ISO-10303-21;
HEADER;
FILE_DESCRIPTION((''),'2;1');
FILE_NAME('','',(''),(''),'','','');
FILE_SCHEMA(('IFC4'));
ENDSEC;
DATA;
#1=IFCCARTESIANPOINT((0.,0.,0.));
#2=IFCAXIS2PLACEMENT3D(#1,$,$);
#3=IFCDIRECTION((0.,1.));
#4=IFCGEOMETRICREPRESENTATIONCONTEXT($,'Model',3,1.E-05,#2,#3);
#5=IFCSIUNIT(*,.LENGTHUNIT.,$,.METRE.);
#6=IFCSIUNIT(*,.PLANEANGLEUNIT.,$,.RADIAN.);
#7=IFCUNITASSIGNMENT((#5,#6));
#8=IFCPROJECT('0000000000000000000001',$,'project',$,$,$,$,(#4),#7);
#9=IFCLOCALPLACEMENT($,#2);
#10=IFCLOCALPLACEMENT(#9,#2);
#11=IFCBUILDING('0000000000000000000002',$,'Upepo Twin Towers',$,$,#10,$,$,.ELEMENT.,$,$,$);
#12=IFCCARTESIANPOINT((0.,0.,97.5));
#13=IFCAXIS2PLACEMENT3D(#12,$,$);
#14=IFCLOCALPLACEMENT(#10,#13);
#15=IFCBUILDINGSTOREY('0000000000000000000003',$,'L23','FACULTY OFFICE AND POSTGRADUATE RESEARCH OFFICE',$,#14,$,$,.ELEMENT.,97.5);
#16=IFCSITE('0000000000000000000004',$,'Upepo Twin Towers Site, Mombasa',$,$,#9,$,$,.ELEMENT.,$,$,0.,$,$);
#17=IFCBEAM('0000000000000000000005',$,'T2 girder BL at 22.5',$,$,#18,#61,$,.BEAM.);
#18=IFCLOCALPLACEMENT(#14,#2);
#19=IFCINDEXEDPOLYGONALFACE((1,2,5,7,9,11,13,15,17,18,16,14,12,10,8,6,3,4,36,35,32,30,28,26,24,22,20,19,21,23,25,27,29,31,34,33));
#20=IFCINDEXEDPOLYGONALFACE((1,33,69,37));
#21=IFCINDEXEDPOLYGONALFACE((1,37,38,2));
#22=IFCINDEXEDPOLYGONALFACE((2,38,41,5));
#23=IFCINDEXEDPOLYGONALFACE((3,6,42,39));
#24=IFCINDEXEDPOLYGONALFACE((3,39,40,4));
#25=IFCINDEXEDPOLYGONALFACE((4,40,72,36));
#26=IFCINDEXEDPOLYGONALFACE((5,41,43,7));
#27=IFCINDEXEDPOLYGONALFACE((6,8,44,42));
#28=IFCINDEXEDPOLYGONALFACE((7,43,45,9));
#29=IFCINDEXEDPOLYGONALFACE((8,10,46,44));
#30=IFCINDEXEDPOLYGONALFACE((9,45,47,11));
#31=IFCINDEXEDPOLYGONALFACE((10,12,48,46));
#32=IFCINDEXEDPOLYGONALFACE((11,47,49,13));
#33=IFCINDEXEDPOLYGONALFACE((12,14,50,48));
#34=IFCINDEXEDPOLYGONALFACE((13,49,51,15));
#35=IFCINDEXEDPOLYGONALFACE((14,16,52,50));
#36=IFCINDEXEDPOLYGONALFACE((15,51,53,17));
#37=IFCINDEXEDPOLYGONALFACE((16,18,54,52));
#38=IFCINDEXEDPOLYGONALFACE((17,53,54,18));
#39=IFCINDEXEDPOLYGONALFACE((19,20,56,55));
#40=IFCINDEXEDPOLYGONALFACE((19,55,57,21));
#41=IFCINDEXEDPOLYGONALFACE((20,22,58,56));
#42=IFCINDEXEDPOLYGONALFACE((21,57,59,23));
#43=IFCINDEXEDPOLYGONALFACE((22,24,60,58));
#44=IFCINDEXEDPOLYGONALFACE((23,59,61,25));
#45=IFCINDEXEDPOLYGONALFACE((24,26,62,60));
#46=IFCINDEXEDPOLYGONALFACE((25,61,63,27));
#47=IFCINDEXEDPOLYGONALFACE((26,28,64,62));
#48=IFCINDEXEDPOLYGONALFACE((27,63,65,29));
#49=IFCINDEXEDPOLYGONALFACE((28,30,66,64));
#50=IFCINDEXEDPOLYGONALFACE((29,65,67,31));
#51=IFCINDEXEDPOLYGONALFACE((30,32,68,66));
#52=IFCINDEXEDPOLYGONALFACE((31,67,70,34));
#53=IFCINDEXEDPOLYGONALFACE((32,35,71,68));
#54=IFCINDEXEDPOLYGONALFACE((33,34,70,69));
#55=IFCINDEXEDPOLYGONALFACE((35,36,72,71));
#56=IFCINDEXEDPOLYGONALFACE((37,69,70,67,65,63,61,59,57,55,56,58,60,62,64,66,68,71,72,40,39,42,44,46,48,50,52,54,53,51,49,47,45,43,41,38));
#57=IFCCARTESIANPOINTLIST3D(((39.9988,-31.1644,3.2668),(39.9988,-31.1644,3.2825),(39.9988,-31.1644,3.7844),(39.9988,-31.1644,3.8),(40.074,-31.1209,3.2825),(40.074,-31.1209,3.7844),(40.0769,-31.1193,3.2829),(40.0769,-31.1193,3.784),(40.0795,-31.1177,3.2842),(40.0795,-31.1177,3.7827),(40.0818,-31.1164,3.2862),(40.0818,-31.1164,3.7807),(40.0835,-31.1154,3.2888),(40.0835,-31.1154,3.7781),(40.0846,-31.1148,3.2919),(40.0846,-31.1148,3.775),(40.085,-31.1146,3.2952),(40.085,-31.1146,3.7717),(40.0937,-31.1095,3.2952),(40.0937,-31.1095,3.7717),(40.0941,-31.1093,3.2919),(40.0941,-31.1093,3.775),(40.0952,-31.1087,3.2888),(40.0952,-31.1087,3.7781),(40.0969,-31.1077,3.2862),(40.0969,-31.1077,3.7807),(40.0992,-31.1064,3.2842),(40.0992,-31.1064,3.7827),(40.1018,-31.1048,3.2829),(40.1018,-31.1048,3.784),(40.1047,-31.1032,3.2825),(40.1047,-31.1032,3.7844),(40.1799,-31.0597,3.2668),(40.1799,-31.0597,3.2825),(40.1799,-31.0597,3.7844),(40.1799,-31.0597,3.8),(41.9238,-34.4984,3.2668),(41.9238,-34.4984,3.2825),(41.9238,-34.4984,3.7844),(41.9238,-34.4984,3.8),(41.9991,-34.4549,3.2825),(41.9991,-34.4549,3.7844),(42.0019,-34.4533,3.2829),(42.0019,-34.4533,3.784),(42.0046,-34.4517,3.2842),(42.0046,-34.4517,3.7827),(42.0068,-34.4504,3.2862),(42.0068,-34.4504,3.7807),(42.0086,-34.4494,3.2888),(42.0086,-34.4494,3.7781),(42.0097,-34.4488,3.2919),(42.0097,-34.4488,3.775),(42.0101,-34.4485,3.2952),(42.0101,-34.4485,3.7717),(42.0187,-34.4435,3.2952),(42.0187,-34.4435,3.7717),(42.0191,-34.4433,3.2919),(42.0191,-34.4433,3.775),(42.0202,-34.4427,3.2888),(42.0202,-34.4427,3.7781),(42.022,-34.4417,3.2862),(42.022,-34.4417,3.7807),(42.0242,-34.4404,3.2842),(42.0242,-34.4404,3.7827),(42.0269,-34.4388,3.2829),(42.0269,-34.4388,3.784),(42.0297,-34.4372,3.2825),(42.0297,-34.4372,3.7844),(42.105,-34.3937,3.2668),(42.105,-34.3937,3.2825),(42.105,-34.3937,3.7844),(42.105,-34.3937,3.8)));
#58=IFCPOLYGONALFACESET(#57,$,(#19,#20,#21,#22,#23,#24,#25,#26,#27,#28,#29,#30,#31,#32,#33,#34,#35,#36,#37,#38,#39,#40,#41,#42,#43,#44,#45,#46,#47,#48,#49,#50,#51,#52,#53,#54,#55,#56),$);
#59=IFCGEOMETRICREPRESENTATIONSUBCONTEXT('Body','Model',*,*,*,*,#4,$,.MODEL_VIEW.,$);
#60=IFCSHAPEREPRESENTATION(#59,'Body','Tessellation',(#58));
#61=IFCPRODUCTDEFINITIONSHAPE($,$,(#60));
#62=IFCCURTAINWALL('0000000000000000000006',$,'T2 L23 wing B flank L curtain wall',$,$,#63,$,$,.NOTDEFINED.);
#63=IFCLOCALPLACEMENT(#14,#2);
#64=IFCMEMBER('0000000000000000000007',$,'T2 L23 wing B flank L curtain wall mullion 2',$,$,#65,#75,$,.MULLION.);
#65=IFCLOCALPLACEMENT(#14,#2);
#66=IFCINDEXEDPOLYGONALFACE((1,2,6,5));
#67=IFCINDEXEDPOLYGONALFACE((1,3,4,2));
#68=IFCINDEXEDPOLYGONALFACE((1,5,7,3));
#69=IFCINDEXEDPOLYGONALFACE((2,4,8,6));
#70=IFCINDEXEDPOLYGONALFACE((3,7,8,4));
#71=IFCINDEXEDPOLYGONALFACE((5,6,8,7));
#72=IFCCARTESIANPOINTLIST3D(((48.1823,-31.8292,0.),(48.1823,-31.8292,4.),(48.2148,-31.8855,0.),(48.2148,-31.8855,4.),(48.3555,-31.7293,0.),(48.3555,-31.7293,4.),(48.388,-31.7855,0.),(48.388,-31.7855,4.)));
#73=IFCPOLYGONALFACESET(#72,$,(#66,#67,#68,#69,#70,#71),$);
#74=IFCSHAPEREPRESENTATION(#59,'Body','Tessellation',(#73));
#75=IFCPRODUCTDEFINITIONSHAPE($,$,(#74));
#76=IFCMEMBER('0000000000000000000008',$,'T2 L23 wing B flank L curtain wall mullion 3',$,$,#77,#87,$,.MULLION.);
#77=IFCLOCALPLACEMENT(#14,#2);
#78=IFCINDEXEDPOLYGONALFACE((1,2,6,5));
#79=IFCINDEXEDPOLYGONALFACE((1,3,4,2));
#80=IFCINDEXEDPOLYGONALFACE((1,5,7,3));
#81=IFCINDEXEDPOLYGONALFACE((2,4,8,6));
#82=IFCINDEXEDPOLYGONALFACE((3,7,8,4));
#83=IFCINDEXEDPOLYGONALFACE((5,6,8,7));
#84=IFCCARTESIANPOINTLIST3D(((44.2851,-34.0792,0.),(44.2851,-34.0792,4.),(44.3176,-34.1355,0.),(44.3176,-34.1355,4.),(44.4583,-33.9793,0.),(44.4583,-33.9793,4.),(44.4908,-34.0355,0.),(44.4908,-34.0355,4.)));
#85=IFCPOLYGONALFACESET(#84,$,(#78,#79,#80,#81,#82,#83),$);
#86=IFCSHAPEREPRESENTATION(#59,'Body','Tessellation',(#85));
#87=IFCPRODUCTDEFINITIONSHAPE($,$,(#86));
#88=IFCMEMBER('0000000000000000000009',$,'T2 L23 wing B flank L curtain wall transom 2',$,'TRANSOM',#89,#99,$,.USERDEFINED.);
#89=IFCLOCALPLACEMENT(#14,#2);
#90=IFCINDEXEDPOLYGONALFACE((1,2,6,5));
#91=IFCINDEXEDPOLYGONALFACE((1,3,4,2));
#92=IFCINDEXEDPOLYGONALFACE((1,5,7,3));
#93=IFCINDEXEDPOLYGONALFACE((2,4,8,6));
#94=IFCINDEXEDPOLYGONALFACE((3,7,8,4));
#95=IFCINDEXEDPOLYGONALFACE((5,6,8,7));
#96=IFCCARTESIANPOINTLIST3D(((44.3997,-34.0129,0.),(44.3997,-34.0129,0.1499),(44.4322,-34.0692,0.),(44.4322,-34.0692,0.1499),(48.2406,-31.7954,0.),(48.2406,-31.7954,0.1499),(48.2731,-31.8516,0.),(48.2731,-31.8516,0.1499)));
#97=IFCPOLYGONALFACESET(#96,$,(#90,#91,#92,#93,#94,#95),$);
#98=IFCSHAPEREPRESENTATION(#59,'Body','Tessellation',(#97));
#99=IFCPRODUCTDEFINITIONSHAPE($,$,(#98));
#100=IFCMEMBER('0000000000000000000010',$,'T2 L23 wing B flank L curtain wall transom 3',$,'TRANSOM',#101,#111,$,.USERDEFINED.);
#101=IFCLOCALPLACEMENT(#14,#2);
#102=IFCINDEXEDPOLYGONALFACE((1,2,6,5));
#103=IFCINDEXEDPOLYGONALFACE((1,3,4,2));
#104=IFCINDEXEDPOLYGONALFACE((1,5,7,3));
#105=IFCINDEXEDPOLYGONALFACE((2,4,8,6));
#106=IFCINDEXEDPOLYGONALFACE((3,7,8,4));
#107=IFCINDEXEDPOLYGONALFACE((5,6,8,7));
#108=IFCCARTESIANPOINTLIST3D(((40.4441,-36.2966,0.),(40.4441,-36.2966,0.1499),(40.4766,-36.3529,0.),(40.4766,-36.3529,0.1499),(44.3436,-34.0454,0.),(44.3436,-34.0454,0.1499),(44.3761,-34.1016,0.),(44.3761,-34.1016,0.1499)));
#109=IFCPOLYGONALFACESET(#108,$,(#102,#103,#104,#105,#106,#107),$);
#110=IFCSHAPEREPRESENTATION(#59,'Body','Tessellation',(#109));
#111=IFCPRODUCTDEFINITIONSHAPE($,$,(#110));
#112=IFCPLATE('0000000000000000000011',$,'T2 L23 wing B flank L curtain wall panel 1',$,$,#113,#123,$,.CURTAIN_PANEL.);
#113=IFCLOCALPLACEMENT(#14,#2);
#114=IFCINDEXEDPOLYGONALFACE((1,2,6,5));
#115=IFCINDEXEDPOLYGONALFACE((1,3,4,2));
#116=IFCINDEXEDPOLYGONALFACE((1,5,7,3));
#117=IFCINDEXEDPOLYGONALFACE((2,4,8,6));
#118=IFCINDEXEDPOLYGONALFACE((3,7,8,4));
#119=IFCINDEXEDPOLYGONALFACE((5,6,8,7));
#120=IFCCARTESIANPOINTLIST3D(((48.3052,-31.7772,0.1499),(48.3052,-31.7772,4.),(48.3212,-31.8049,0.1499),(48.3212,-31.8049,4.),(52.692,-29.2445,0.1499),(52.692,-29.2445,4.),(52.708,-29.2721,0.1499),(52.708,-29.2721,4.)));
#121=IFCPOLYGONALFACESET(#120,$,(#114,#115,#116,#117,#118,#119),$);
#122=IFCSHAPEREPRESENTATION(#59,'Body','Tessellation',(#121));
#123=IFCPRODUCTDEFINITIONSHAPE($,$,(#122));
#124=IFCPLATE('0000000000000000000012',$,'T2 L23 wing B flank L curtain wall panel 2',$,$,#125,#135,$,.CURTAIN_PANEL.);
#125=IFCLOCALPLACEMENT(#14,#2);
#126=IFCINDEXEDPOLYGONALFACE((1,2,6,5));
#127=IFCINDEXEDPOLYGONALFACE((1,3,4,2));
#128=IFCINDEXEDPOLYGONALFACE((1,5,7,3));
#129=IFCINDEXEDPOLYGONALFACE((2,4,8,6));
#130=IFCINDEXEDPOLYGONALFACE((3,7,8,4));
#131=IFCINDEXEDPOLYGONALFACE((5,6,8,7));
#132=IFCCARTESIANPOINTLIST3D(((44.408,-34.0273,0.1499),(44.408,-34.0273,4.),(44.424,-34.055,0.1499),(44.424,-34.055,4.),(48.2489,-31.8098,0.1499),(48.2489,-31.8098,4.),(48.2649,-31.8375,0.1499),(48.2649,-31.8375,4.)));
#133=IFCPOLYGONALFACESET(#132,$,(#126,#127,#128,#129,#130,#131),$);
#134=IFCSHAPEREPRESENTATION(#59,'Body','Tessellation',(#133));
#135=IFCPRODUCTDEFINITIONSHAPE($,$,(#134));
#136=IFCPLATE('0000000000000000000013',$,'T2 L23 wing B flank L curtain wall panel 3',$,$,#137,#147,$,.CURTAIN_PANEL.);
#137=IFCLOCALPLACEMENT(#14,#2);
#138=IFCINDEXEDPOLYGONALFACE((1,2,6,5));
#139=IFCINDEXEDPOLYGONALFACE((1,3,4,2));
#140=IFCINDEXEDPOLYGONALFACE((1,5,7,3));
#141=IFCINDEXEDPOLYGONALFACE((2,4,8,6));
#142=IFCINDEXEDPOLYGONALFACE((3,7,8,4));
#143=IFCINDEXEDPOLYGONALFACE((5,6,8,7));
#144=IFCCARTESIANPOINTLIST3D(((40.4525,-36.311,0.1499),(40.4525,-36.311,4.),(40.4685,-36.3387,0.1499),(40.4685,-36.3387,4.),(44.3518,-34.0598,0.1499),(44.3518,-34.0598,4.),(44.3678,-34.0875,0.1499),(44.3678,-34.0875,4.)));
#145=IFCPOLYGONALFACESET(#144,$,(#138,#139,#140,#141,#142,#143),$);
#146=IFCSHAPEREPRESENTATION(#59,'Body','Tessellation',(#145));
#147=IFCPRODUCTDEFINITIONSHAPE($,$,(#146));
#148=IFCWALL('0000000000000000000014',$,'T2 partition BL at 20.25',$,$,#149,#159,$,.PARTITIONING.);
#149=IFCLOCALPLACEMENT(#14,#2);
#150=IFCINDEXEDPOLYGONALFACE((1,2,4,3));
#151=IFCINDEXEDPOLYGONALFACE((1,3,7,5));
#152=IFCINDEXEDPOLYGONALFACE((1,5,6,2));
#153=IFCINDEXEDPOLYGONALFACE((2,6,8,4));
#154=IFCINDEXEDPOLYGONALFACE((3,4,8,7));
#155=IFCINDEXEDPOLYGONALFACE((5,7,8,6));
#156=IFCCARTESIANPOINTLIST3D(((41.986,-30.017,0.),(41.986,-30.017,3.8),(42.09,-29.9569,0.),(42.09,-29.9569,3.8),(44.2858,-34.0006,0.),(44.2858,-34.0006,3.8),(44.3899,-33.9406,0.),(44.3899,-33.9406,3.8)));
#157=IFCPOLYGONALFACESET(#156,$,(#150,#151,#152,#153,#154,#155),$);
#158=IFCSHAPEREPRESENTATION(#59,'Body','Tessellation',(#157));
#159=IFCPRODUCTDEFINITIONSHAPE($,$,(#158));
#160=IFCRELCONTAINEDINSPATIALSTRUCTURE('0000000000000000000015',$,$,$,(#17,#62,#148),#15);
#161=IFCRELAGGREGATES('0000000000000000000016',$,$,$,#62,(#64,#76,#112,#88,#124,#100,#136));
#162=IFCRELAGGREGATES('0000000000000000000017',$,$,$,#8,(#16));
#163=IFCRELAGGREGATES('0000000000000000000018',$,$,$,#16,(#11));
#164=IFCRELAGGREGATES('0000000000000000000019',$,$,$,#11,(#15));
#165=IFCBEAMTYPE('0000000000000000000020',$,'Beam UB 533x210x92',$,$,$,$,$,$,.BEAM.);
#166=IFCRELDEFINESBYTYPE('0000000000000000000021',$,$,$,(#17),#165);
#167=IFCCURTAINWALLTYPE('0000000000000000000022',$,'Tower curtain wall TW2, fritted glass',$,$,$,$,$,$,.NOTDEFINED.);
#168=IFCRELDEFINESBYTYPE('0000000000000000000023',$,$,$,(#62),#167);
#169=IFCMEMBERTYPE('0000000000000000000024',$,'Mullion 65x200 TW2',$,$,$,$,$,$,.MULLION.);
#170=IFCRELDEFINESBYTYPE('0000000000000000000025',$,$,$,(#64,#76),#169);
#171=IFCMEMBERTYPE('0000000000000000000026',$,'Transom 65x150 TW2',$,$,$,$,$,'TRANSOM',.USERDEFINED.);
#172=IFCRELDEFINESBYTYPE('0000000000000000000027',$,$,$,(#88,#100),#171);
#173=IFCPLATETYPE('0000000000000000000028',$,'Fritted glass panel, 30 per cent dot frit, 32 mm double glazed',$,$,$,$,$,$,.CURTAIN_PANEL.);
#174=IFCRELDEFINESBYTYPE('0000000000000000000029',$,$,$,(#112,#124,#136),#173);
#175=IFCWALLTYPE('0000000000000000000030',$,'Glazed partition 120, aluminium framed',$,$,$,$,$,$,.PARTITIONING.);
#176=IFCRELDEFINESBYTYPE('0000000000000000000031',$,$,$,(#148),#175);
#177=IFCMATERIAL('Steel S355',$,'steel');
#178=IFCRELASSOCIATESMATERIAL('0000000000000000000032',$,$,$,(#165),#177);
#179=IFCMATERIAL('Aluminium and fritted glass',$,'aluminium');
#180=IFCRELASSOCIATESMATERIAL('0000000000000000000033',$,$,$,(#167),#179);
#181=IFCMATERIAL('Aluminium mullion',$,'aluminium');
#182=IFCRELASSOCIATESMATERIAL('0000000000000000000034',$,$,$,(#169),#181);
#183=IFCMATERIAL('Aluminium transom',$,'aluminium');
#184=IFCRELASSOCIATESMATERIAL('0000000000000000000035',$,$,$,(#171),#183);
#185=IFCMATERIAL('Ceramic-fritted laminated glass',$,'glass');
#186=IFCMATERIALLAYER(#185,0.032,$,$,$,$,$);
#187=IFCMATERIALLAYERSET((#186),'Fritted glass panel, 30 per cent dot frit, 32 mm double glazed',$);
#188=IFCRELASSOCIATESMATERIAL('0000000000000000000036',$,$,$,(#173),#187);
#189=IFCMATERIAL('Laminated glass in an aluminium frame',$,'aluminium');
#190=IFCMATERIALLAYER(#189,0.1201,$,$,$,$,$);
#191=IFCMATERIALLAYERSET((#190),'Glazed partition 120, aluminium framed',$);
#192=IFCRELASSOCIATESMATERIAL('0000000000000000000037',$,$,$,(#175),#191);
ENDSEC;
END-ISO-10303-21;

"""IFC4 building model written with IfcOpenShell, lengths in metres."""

from ifc_helpers import new_model, si_unit, direction, frame, frame_2d, origin, origin_2d, place, context, subcontext, project, spatial, rectangle, i_section, extrude, material, layer, layer_set, material_profile, profile_set, type_object, element, aggregate, save


model = new_model("IFC4")

# Units and contexts
model_context = context("Model", 3, precision=1e-05, world=origin(), true_north=direction((0.0, 1.0)))
body_context = subcontext(model_context, "Body", "Model", "MODEL_VIEW")
ifc_project = project(units=[si_unit("LENGTHUNIT", "METRE"), si_unit("PLANEANGLEUNIT", "RADIAN")], contexts=[model_context])

# Site, building, storey
site_placement = place(None, origin())
site = spatial("IfcSite", under=ifc_project, at=site_placement, Name="Upepo Twin Towers Site, Mombasa", CompositionType="ELEMENT", RefElevation=0.0)
building_placement = place(site_placement, origin())
building = spatial("IfcBuilding", under=site, at=building_placement, Name="Upepo Twin Towers", CompositionType="ELEMENT")
storey_placement = place(building_placement, frame((0.0, 0.0, 97.5)))
storey = spatial("IfcBuildingStorey", under=building, at=storey_placement, Name="L23", Description="FACULTY OFFICE AND POSTGRADUATE RESEARCH OFFICE", CompositionType="ELEMENT", Elevation=97.5)

# Beam
ifc_material_1 = material(Name="Steel S355", Category="steel")
ifc_material_profile_1 = material_profile(ifc_material_1, i_section(OverallWidth=0.2092, OverallDepth=0.5332, WebThickness=0.01, FlangeThickness=0.0156, FilletRadius=0.0127, at=origin_2d()), Name="UB 533x210x92")
ifc_profile_set_1 = profile_set([ifc_material_profile_1], Name="Steel S355")
beam_type_1 = type_object("IfcBeamType", Name="Beam UB 533x210x92", PredefinedType="BEAM", material=ifc_profile_set_1)
for number, where, z_axis, x_axis, name in (
    (1, (42.0144, -34.446, 3.5334), (-0.500034, 0.866006, 0.0), (-0.866006, -0.500034, 0.0), "T2 girder BL at 22.5"),
):
    element("IfcBeam", number, at=place(storey_placement, frame(where, z_axis=z_axis, x_axis=x_axis)), inside=storey, type_object=beam_type_1, Name=name, PredefinedType="BEAM", context=body_context, shape_type="SweptSolid", body=[
        extrude(i_section(OverallWidth=0.2092, OverallDepth=0.5332, WebThickness=0.01, FlangeThickness=0.0156, FilletRadius=0.0127, at=origin_2d()), origin(), (0.0, 0.0, 1.0), 3.8499),
    ])

# Curtain wall, members, plates
ifc_material_2 = material(Name="Aluminium and fritted glass", Category="aluminium")
curtain_wall_type = type_object("IfcCurtainWallType", Name="Tower curtain wall TW2, fritted glass", PredefinedType="NOTDEFINED", material=ifc_material_2)
curtain_wall_placement = place(storey_placement, origin())
curtain_wall = element("IfcCurtainWall", 2, at=curtain_wall_placement, inside=storey, type_object=curtain_wall_type, Name="T2 L23 wing B flank L curtain wall", PredefinedType="NOTDEFINED")
ifc_material_3 = material(Name="Aluminium mullion", Category="aluminium")
ifc_material_profile_2 = material_profile(ifc_material_3, rectangle(XDim=0.0649, YDim=0.2, at=origin_2d()), Name="MULLION 65x200")
ifc_profile_set_2 = profile_set([ifc_material_profile_2], Name="Aluminium mullion")
member_type_1 = type_object("IfcMemberType", Name="Mullion 65x200 TW2", PredefinedType="MULLION", material=ifc_profile_set_2)
member_1_placement = place(storey_placement, frame((48.2852, -31.8074, 0.0), z_axis=(0.0, 0.0, 1.0), x_axis=(0.5, -0.866025, 0.0)))
member_1 = element("IfcMember", 3, at=member_1_placement, type_object=member_type_1, Name="T2 L23 wing B flank L curtain wall mullion 2", PredefinedType="MULLION", context=body_context, shape_type="SweptSolid", body=[
    extrude(rectangle(XDim=0.0649, YDim=0.2, at=origin_2d()), origin(), (0.0, 0.0, 1.0), 4.0),
])
member_2_placement = place(storey_placement, frame((44.3879, -34.0574, 0.0), z_axis=(0.0, 0.0, 1.0), x_axis=(0.5, -0.866025, 0.0)))
member_2 = element("IfcMember", 4, at=member_2_placement, type_object=member_type_1, Name="T2 L23 wing B flank L curtain wall mullion 3", PredefinedType="MULLION", context=body_context, shape_type="SweptSolid", body=[
    extrude(rectangle(XDim=0.0649, YDim=0.2, at=origin_2d()), origin(), (0.0, 0.0, 1.0), 4.0),
])
ifc_material_4 = material(Name="Aluminium transom", Category="aluminium")
ifc_material_profile_3 = material_profile(ifc_material_4, rectangle(XDim=0.0649, YDim=0.1499, at=origin_2d()), Name="TRANSOM 65x150")
ifc_profile_set_3 = profile_set([ifc_material_profile_3], Name="Aluminium transom")
member_type_2 = type_object("IfcMemberType", Name="Transom 65x150 TW2", ElementType="TRANSOM", PredefinedType="USERDEFINED", material=ifc_profile_set_3)
member_3_placement = place(storey_placement, frame((48.2568, -31.8235, 0.075), z_axis=(-0.866022, -0.500005, 0.0), x_axis=(0.500005, -0.866022, 0.0)))
member_3 = element("IfcMember", 5, at=member_3_placement, type_object=member_type_2, Name="T2 L23 wing B flank L curtain wall transom 2", ObjectType="TRANSOM", PredefinedType="USERDEFINED", context=body_context, shape_type="SweptSolid", body=[
    extrude(rectangle(XDim=0.0649, YDim=0.1499, at=origin_2d()), origin(), (0.0, 0.0, 1.0), 4.4351),
])
member_4_placement = place(storey_placement, frame((44.3599, -34.0735, 0.075), z_axis=(-0.866036, -0.499982, 0.0), x_axis=(0.499982, -0.866036, 0.0)))
member_4 = element("IfcMember", 6, at=member_4_placement, type_object=member_type_2, Name="T2 L23 wing B flank L curtain wall transom 3", ObjectType="TRANSOM", PredefinedType="USERDEFINED", context=body_context, shape_type="SweptSolid", body=[
    extrude(rectangle(XDim=0.0649, YDim=0.1499, at=origin_2d()), origin(), (0.0, 0.0, 1.0), 4.5027),
])
ifc_material_5 = material(Name="Ceramic-fritted laminated glass", Category="glass")
ifc_layer_1 = layer(ifc_material_5, 0.032)
ifc_layer_set_1 = layer_set([ifc_layer_1], Name="Fritted glass panel, 30 per cent dot frit, 32 mm double glazed")
plate_type = type_object("IfcPlateType", Name="Fritted glass panel, 30 per cent dot frit, 32 mm double glazed", PredefinedType="CURTAIN_PANEL", material=ifc_layer_set_1)
plate_1_placement = place(storey_placement, frame((50.5066, -30.5247, 0.1499), z_axis=(0.0, 0.0, 1.0), x_axis=(-0.866025, -0.5, 0.0)))
plate_1 = element("IfcPlate", 7, at=plate_1_placement, type_object=plate_type, Name="T2 L23 wing B flank L curtain wall panel 1", PredefinedType="CURTAIN_PANEL", context=body_context, shape_type="SweptSolid", body=[
    extrude(rectangle(XDim=5.0654, YDim=0.032, at=origin_2d()), origin(), (0.0, 0.0, 1.0), 3.8501),
])
plate_2_placement = place(storey_placement, frame((46.3364, -32.9324, 0.1499), z_axis=(0.0, 0.0, 1.0), x_axis=(-0.866025, -0.5, 0.0)))
plate_2 = element("IfcPlate", 8, at=plate_2_placement, type_object=plate_type, Name="T2 L23 wing B flank L curtain wall panel 2", PredefinedType="CURTAIN_PANEL", context=body_context, shape_type="SweptSolid", body=[
    extrude(rectangle(XDim=4.4351, YDim=0.032, at=origin_2d()), origin(), (0.0, 0.0, 1.0), 3.8501),
])
plate_3_placement = place(storey_placement, frame((42.4102, -35.1992, 0.1499), z_axis=(0.0, 0.0, 1.0), x_axis=(-0.866025, -0.5, 0.0)))
plate_3 = element("IfcPlate", 9, at=plate_3_placement, type_object=plate_type, Name="T2 L23 wing B flank L curtain wall panel 3", PredefinedType="CURTAIN_PANEL", context=body_context, shape_type="SweptSolid", body=[
    extrude(rectangle(XDim=4.5024, YDim=0.032, at=origin_2d()), origin(), (0.0, 0.0, 1.0), 3.8501),
])
aggregate(curtain_wall, [member_1, member_2, plate_1, member_3, plate_2, member_4, plate_3])

# Wall
ifc_material_6 = material(Name="Laminated glass in an aluminium frame", Category="aluminium")
ifc_layer_2 = layer(ifc_material_6, 0.1201)
ifc_layer_set_2 = layer_set([ifc_layer_2], Name="Glazed partition 120, aluminium framed")
wall_type = type_object("IfcWallType", Name="Glazed partition 120, aluminium framed", PredefinedType="PARTITIONING", material=ifc_layer_set_2)
wall_placement = place(storey_placement, frame((42.0381, -29.9871, 0.0), z_axis=(0.0, 0.0, 1.0), x_axis=(0.499975, -0.86604, 0.0)))
element("IfcWall", 10, at=wall_placement, inside=storey, type_object=wall_type, Name="T2 partition BL at 20.25", PredefinedType="PARTITIONING", context=body_context, shape_type="SweptSolid", body=[
    extrude(rectangle(XDim=4.5999, YDim=0.1201, at=frame_2d((2.2998, 0.0))), origin(), (0.0, 0.0, 1.0), 3.8),
])

save(model, "model.ifc")
